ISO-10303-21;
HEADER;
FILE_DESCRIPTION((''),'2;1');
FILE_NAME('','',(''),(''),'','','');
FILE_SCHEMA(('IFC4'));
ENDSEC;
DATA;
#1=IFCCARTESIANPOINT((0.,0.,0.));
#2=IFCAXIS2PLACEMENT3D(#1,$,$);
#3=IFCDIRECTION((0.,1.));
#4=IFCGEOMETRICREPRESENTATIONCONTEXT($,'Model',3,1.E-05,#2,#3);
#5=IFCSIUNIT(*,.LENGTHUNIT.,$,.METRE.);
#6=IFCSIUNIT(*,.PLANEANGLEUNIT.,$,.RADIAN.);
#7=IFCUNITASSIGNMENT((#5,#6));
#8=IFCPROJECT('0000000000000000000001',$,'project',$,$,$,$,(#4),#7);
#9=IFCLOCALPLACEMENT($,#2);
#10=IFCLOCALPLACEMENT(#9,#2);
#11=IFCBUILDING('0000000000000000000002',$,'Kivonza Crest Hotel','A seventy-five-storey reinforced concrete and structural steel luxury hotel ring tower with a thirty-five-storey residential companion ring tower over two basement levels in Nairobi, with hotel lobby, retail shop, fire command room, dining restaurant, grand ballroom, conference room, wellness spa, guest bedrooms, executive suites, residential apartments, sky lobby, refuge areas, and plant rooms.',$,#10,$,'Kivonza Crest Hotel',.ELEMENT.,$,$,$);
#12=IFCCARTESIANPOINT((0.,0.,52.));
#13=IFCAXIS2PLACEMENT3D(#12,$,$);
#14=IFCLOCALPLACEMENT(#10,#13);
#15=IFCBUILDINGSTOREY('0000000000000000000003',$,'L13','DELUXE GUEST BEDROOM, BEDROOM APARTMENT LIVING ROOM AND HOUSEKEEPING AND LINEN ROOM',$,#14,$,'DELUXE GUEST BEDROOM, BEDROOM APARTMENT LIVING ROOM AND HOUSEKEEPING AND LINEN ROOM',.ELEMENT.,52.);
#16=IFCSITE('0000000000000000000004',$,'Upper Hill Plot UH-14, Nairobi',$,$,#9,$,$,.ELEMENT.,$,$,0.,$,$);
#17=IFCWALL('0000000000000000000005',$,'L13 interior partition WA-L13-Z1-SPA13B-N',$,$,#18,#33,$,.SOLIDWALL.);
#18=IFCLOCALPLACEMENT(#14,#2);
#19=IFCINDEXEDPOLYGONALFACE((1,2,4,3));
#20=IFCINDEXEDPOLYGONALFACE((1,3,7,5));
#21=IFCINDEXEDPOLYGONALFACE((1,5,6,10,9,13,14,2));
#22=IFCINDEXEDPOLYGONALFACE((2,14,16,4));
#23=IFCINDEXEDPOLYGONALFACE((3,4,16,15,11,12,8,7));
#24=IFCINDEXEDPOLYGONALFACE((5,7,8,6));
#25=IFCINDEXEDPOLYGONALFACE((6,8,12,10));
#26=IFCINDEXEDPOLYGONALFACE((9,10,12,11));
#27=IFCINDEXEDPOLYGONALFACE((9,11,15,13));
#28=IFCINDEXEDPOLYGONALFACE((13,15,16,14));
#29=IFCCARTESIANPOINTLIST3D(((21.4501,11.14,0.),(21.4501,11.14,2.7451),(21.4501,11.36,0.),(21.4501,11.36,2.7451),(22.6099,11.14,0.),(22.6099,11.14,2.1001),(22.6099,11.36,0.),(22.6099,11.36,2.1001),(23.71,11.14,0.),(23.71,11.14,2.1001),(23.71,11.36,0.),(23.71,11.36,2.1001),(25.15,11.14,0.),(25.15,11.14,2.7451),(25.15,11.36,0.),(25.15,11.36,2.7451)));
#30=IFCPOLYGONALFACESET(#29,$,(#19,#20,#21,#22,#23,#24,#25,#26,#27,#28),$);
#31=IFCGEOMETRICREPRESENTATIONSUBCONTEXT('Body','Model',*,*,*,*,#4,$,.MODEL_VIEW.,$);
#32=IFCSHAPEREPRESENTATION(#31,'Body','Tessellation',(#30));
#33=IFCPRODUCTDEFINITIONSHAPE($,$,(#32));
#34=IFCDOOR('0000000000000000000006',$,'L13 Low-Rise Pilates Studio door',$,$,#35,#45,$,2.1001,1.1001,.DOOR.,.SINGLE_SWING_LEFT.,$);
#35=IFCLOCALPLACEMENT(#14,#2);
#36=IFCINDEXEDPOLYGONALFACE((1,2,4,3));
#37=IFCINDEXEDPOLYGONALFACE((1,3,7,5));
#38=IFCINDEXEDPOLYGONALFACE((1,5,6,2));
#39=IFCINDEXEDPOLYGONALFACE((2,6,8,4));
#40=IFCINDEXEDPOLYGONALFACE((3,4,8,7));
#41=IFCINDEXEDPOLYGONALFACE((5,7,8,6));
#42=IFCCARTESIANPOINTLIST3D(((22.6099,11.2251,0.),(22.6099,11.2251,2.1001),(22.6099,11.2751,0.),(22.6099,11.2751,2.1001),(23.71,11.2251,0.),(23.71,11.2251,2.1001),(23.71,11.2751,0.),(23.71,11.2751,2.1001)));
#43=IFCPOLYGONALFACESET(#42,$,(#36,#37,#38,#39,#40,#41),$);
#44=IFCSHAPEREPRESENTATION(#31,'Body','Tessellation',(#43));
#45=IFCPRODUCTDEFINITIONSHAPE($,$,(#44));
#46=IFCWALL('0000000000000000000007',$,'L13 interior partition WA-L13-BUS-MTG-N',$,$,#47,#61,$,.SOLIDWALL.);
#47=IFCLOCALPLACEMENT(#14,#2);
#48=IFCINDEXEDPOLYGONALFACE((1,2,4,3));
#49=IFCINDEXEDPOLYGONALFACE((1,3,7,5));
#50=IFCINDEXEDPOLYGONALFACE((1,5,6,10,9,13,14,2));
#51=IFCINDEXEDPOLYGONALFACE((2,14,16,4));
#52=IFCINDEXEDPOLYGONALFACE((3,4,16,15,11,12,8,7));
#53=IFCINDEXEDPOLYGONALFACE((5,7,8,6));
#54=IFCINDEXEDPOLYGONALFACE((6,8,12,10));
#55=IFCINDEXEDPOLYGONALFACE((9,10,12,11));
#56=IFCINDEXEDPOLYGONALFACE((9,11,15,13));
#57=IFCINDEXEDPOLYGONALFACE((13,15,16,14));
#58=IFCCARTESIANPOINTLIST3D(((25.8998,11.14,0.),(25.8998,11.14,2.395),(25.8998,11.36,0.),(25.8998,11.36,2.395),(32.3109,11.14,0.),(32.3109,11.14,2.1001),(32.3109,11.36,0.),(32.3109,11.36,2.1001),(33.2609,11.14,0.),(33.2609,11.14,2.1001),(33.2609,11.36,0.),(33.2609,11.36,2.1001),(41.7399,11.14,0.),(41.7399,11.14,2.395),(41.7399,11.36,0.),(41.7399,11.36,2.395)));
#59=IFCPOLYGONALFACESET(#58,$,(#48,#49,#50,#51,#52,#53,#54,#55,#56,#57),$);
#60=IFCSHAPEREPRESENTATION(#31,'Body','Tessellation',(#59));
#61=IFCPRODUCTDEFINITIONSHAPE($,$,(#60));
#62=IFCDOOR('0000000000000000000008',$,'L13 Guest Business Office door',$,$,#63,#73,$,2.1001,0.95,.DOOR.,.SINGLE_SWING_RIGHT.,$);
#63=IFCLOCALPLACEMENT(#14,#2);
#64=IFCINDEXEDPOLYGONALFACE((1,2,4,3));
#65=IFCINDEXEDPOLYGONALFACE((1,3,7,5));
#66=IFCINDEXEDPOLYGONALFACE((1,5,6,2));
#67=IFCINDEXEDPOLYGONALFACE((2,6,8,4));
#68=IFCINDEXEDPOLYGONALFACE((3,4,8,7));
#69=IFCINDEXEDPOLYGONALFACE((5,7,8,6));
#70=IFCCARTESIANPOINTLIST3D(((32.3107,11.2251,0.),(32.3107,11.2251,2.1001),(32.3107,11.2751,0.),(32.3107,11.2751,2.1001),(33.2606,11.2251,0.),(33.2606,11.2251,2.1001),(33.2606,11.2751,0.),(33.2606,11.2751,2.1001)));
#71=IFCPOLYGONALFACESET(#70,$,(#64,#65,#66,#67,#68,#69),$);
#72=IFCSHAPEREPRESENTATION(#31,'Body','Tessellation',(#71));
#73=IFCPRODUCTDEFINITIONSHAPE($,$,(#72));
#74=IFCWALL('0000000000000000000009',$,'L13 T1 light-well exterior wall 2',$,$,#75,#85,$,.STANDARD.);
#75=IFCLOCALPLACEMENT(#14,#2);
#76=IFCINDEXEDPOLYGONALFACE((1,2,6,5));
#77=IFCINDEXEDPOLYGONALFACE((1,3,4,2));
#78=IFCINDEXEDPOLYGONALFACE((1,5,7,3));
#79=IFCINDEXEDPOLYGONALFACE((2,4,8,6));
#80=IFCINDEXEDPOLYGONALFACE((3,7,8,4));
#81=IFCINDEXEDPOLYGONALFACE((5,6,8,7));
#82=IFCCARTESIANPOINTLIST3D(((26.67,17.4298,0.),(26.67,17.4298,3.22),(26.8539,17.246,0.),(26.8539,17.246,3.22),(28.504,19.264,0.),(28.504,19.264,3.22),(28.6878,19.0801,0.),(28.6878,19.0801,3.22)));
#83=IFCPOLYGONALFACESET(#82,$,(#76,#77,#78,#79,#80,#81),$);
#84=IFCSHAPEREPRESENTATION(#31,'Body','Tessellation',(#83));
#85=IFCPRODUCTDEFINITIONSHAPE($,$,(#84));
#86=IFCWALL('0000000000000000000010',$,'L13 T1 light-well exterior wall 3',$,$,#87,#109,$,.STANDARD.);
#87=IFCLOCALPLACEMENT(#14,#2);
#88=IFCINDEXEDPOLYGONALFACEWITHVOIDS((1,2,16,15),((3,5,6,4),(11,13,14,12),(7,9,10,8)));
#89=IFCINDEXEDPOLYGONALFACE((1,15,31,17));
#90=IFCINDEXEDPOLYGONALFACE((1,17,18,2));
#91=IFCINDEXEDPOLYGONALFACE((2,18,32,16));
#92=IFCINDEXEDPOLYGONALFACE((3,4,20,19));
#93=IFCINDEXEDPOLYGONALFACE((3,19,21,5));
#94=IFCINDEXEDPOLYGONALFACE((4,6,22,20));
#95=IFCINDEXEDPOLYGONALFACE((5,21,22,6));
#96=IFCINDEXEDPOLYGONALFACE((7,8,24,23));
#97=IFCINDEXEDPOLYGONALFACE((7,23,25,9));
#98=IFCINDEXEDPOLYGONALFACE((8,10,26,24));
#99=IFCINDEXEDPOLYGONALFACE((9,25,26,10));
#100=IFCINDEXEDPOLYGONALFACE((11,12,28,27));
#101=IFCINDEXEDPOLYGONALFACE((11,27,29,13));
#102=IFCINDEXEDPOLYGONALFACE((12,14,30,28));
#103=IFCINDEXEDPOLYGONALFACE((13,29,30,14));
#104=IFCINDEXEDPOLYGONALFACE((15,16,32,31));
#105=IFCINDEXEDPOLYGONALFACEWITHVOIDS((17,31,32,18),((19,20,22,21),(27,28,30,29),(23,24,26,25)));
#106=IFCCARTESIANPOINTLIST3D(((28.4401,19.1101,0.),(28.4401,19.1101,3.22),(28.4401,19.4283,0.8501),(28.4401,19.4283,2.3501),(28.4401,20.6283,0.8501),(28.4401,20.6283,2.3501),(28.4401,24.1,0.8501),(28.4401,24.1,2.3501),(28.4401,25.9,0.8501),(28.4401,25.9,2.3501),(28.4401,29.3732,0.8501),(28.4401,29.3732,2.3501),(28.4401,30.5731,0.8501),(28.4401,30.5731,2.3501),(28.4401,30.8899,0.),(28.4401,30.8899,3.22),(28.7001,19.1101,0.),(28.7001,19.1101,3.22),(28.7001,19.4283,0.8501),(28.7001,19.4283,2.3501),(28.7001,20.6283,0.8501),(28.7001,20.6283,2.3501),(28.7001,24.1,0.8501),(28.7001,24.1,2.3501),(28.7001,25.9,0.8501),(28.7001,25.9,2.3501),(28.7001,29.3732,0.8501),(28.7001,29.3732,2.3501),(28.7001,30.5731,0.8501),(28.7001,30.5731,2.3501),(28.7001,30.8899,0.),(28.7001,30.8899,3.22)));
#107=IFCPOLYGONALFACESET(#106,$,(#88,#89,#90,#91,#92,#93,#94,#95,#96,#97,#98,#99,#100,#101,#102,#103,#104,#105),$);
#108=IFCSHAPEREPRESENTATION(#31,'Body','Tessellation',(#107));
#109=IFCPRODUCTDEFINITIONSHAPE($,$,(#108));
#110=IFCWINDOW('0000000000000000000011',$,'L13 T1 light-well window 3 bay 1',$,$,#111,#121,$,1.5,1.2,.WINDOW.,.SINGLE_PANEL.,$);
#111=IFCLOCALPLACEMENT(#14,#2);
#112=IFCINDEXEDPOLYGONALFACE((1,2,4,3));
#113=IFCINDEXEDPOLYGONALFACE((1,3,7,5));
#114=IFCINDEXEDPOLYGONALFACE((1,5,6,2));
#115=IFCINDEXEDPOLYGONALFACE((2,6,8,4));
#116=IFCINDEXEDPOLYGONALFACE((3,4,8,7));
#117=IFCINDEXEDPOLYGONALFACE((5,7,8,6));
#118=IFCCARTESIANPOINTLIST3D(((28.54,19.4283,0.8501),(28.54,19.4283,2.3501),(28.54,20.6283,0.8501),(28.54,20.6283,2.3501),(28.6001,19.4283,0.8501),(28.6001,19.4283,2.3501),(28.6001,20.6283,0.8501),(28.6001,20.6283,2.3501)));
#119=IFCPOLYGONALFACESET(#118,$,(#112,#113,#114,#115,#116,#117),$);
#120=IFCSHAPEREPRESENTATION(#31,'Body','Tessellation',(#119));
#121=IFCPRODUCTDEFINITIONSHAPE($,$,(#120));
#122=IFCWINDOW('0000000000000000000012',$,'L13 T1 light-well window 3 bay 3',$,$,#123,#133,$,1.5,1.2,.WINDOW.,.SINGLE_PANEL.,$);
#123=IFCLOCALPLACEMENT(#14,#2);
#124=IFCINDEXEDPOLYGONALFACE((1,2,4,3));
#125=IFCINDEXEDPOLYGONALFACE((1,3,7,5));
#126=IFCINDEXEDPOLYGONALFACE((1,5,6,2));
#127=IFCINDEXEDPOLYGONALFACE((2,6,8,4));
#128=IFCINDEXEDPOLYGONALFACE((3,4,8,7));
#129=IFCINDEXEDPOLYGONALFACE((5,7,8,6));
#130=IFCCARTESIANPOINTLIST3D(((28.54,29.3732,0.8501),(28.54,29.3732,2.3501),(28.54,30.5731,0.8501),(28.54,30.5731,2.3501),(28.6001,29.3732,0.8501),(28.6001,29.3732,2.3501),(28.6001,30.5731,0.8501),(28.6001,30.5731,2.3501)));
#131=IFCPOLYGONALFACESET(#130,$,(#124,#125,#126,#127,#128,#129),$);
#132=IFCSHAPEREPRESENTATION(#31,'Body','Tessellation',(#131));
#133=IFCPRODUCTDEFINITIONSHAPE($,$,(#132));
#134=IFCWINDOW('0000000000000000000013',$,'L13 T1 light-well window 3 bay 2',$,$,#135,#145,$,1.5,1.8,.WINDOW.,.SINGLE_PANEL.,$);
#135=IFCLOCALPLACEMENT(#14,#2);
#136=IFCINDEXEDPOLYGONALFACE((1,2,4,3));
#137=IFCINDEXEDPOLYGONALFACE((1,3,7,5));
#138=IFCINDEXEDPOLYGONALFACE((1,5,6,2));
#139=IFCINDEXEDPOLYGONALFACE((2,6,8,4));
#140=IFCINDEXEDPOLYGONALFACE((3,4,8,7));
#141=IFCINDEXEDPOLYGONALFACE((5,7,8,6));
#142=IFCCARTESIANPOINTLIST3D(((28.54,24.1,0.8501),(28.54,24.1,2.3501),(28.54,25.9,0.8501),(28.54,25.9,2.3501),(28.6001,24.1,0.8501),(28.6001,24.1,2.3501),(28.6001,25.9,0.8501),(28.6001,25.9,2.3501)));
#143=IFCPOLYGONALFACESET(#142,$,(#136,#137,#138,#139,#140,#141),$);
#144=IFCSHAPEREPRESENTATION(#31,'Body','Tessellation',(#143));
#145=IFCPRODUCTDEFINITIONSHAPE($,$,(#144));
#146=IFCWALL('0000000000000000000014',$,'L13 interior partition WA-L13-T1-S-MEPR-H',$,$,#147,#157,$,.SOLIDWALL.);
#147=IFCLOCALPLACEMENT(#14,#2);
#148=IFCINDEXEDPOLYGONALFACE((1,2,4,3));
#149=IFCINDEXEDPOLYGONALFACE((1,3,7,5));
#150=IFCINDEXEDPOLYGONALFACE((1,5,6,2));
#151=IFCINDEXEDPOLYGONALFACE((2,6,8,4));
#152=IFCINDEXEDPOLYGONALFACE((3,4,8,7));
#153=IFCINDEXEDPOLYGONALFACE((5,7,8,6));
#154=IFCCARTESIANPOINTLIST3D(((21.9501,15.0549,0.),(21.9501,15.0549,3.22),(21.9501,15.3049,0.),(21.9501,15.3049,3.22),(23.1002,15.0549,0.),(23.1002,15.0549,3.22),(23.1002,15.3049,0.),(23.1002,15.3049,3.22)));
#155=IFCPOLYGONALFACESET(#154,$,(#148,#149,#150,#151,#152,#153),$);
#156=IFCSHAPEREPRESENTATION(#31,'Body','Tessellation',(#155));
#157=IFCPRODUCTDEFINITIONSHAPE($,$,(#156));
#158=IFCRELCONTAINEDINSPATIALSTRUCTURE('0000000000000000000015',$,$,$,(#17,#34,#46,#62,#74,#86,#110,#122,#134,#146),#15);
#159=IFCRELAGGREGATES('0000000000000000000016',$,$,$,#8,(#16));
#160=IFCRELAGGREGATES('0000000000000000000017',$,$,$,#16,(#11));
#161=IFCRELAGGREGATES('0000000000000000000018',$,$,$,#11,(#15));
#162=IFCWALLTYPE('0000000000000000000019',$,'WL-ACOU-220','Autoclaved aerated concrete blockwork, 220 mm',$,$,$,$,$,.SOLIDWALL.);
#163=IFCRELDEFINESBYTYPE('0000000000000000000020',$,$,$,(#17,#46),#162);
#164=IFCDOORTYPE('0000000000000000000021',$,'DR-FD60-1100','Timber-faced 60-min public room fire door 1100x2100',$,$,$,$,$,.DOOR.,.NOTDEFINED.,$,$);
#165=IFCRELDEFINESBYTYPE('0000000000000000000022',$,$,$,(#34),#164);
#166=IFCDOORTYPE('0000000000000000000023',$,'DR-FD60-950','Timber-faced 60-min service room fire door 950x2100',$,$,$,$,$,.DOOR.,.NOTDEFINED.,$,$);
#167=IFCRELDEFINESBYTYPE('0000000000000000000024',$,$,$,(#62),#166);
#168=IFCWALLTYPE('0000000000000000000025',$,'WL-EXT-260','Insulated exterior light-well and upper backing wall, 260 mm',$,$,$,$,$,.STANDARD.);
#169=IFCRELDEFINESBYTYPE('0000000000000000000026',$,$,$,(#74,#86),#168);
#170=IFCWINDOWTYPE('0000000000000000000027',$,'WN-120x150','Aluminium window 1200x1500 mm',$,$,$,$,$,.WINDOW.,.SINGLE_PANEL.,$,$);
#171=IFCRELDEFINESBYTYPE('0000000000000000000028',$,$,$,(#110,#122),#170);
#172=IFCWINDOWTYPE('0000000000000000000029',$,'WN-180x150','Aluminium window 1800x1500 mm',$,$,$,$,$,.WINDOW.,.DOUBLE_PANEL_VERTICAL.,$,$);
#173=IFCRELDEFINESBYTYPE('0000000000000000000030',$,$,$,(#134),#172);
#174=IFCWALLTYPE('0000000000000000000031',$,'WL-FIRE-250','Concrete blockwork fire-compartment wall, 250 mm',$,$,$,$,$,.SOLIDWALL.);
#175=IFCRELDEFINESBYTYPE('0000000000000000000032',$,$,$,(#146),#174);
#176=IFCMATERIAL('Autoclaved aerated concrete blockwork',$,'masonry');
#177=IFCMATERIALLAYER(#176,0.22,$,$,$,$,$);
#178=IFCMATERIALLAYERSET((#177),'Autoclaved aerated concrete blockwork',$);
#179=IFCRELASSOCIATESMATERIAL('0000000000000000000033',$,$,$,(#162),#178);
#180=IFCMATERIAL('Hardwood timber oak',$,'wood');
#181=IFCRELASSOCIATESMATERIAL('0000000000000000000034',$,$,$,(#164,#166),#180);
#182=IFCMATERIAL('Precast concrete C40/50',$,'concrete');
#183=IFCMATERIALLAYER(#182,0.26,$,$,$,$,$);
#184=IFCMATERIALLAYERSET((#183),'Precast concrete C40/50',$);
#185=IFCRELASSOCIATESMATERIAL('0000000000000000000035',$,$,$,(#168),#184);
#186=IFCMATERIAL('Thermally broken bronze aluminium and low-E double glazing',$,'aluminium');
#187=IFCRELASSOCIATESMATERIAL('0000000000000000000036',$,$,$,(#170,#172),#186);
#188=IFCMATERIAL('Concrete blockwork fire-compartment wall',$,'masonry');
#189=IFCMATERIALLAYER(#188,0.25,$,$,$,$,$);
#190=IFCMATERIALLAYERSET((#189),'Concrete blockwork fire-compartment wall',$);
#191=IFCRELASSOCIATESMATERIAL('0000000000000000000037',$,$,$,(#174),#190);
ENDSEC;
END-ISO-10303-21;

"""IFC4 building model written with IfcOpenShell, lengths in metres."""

from ifc_helpers import new_model, si_unit, direction, frame, frame_2d, origin, place, context, subcontext, project, spatial, rectangle, extrude, material, layer, layer_set, type_object, element, fill, save


model = new_model("IFC4")

# Units and contexts
model_context = context("Model", 3, precision=1e-05, world=origin(), true_north=direction((0.0, 1.0)))
body_context = subcontext(model_context, "Body", "Model", "MODEL_VIEW")
ifc_project = project(units=[si_unit("LENGTHUNIT", "METRE"), si_unit("PLANEANGLEUNIT", "RADIAN")], contexts=[model_context])

# Site, building, storey
site_placement = place(None, origin())
site = spatial("IfcSite", under=ifc_project, at=site_placement, Name="Upper Hill Plot UH-14, Nairobi", CompositionType="ELEMENT", RefElevation=0.0)
building_placement = place(site_placement, origin())
building = spatial("IfcBuilding", under=site, at=building_placement, Name="Kivonza Crest Hotel", Description="A seventy-five-storey reinforced concrete and structural steel luxury hotel ring tower with a thirty-five-storey residential companion ring tower over two basement levels in Nairobi, with hotel lobby, retail shop, fire command room, dining restaurant, grand ballroom, conference room, wellness spa, guest bedrooms, executive suites, residential apartments, sky lobby, refuge areas, and plant rooms.", LongName="Kivonza Crest Hotel", CompositionType="ELEMENT")
storey_placement = place(building_placement, frame((0.0, 0.0, 52.0)))
storey = spatial("IfcBuildingStorey", under=building, at=storey_placement, Name="L13", Description="DELUXE GUEST BEDROOM, BEDROOM APARTMENT LIVING ROOM AND HOUSEKEEPING AND LINEN ROOM", LongName="DELUXE GUEST BEDROOM, BEDROOM APARTMENT LIVING ROOM AND HOUSEKEEPING AND LINEN ROOM", CompositionType="ELEMENT", Elevation=52.0)

# Walls, openings, doors
ifc_material_1 = material(Name="Autoclaved aerated concrete blockwork", Category="masonry")
ifc_layer_1 = layer(ifc_material_1, 0.22)
ifc_layer_set_1 = layer_set([ifc_layer_1], Name="Autoclaved aerated concrete blockwork")
wall_type_1 = type_object("IfcWallType", Name="WL-ACOU-220", Description="Autoclaved aerated concrete blockwork, 220 mm", PredefinedType="SOLIDWALL", material=ifc_layer_set_1)
wall_1_placement = place(storey_placement, frame((21.45, 11.25, 0.0), z_axis=(0.0, 0.0, 1.0), x_axis=(1.0, 0.0, 0.0)))
wall_1 = element("IfcWall", 1, at=wall_1_placement, inside=storey, type_object=wall_type_1, Name="L13 interior partition WA-L13-Z1-SPA13B-N", PredefinedType="SOLIDWALL", context=body_context, shape_type="SweptSolid", body=[
    extrude(rectangle(XDim=3.7, YDim=0.22, at=frame_2d((1.8501, 0.0))), origin(), (0.0, 0.0, 1.0), 2.7451),
])
opening_1_placement = place(wall_1_placement, frame((1.1599, 0.0, 0.0)))
opening_1 = element("IfcOpeningElement", 2, at=opening_1_placement, cuts=wall_1, PredefinedType="OPENING", context=body_context, shape_type="SweptSolid", body=[
    extrude(rectangle(XDim=1.1001, YDim=2.1001, at=frame_2d((0.55, 1.05))), frame((0.0, 0.1201, 0.0), z_axis=(0.0, -1.0, 0.0), x_axis=(1.0, 0.0, 0.0)), (0.0, 0.0, 1.0), 0.24),
])
ifc_material_2 = material(Name="Hardwood timber oak", Category="wood")
door_type_1 = type_object("IfcDoorType", Name="DR-FD60-1100", Description="Timber-faced 60-min public room fire door 1100x2100", OperationType="NOTDEFINED", PredefinedType="DOOR", material=ifc_material_2)
door_1_placement = place(opening_1_placement, frame((1.1001, 0.0, 0.0), z_axis=(0.0, 0.0, 1.0), x_axis=(-1.0, 0.0, 0.0)))
door_1 = element("IfcDoor", 3, at=door_1_placement, inside=storey, type_object=door_type_1, Name="L13 Low-Rise Pilates Studio door", OperationType="SINGLE_SWING_LEFT", OverallHeight=2.1001, OverallWidth=1.1001, PredefinedType="DOOR", context=body_context, shape_type="SweptSolid", body=[
    extrude(rectangle(XDim=1.1001, YDim=2.1001, at=frame_2d((0.55, 1.05))), frame((0.0, 0.0249, 0.0), z_axis=(0.0, -1.0, 0.0), x_axis=(1.0, 0.0, 0.0)), (0.0, 0.0, 1.0), 0.05),
])
fill(opening_1, door_1)
wall_2_placement = place(storey_placement, frame((25.8999, 11.25, 0.0), z_axis=(0.0, 0.0, 1.0), x_axis=(1.0, 0.0, 0.0)))
wall_2 = element("IfcWall", 4, at=wall_2_placement, inside=storey, type_object=wall_type_1, Name="L13 interior partition WA-L13-BUS-MTG-N", PredefinedType="SOLIDWALL", context=body_context, shape_type="SweptSolid", body=[
    extrude(rectangle(XDim=15.8401, YDim=0.22, at=frame_2d((7.9199, 0.0))), origin(), (0.0, 0.0, 1.0), 2.395),
])
opening_2_placement = place(wall_2_placement, frame((6.4109, 0.0, 0.0)))
opening_2 = element("IfcOpeningElement", 5, at=opening_2_placement, cuts=wall_2, PredefinedType="OPENING", context=body_context, shape_type="SweptSolid", body=[
    extrude(rectangle(XDim=0.95, YDim=2.1001, at=frame_2d((0.4751, 1.05))), frame((0.0, 0.1201, 0.0), z_axis=(0.0, -1.0, 0.0), x_axis=(1.0, 0.0, 0.0)), (0.0, 0.0, 1.0), 0.24),
])
door_type_2 = type_object("IfcDoorType", Name="DR-FD60-950", Description="Timber-faced 60-min service room fire door 950x2100", OperationType="NOTDEFINED", PredefinedType="DOOR", material=ifc_material_2)
door_2_placement = place(opening_2_placement, frame((0.95, 0.0, 0.0), z_axis=(0.0, 0.0, 1.0), x_axis=(-1.0, 0.0, 0.0)))
door_2 = element("IfcDoor", 6, at=door_2_placement, inside=storey, type_object=door_type_2, Name="L13 Guest Business Office door", OperationType="SINGLE_SWING_RIGHT", OverallHeight=2.1001, OverallWidth=0.95, PredefinedType="DOOR", context=body_context, shape_type="SweptSolid", body=[
    extrude(rectangle(XDim=0.95, YDim=2.1001, at=frame_2d((0.4751, 1.05))), frame((0.0, 0.0249, 0.0), z_axis=(0.0, -1.0, 0.0), x_axis=(1.0, 0.0, 0.0)), (0.0, 0.0, 1.0), 0.05),
])
fill(opening_2, door_2)

# Wall
ifc_material_3 = material(Name="Precast concrete C40/50", Category="concrete")
ifc_layer_2 = layer(ifc_material_3, 0.26)
ifc_layer_set_2 = layer_set([ifc_layer_2], Name="Precast concrete C40/50")
wall_type_2 = type_object("IfcWallType", Name="WL-EXT-260", Description="Insulated exterior light-well and upper backing wall, 260 mm", PredefinedType="STANDARD", material=ifc_layer_set_2)
wall_3_placement = place(storey_placement, frame((26.762, 17.3379, 0.0), z_axis=(0.0, 0.0, 1.0), x_axis=(0.70706, 0.707154, 0.0)))
element("IfcWall", 7, at=wall_3_placement, inside=storey, type_object=wall_type_2, Name="L13 T1 light-well exterior wall 2", PredefinedType="STANDARD", context=body_context, shape_type="SweptSolid", body=[
    extrude(rectangle(XDim=2.5938, YDim=0.26, at=frame_2d((1.2969, 0.0))), origin(), (0.0, 0.0, 1.0), 3.22),
])

# Wall, openings, windows
wall_4_placement = place(storey_placement, frame((28.5701, 19.1101, 0.0), z_axis=(0.0, 0.0, 1.0), x_axis=(0.0, 1.0, 0.0)))
wall_4 = element("IfcWall", 8, at=wall_4_placement, inside=storey, type_object=wall_type_2, Name="L13 T1 light-well exterior wall 3", PredefinedType="STANDARD", context=body_context, shape_type="SweptSolid", body=[
    extrude(rectangle(XDim=11.7798, YDim=0.26, at=frame_2d((5.8899, 0.0))), origin(), (0.0, 0.0, 1.0), 3.22),
])
opening_3_placement = place(wall_4_placement, frame((0.3181, 0.0, 0.8501)))
opening_3 = element("IfcOpeningElement", 9, at=opening_3_placement, cuts=wall_4, PredefinedType="OPENING", context=body_context, shape_type="SweptSolid", body=[
    extrude(rectangle(XDim=1.2, YDim=1.5, at=frame_2d((0.6001, 0.75))), frame((0.0, 0.1401, 0.0), z_axis=(0.0, -1.0, 0.0), x_axis=(1.0, 0.0, 0.0)), (0.0, 0.0, 1.0), 0.28),
])
opening_4_placement = place(wall_4_placement, frame((4.99, 0.0, 0.8501)))
opening_4 = element("IfcOpeningElement", 10, at=opening_4_placement, cuts=wall_4, PredefinedType="OPENING", context=body_context, shape_type="SweptSolid", body=[
    extrude(rectangle(XDim=1.8, YDim=1.5, at=frame_2d((0.8999, 0.75))), frame((0.0, 0.1401, 0.0), z_axis=(0.0, -1.0, 0.0), x_axis=(1.0, 0.0, 0.0)), (0.0, 0.0, 1.0), 0.28),
])
opening_5_placement = place(wall_4_placement, frame((10.2629, 0.0, 0.8501)))
opening_5 = element("IfcOpeningElement", 11, at=opening_5_placement, cuts=wall_4, PredefinedType="OPENING", context=body_context, shape_type="SweptSolid", body=[
    extrude(rectangle(XDim=1.2, YDim=1.5, at=frame_2d((0.6001, 0.75))), frame((0.0, 0.1401, 0.0), z_axis=(0.0, -1.0, 0.0), x_axis=(1.0, 0.0, 0.0)), (0.0, 0.0, 1.0), 0.28),
])
ifc_material_4 = material(Name="Thermally broken bronze aluminium and low-E double glazing", Category="aluminium")
window_type_1 = type_object("IfcWindowType", Name="WN-120x150", Description="Aluminium window 1200x1500 mm", PartitioningType="SINGLE_PANEL", PredefinedType="WINDOW", material=ifc_material_4)
window_1_placement = place(opening_3_placement, origin())
window_1 = element("IfcWindow", 12, at=window_1_placement, inside=storey, type_object=window_type_1, Name="L13 T1 light-well window 3 bay 1", OverallHeight=1.5, OverallWidth=1.2, PartitioningType="SINGLE_PANEL", PredefinedType="WINDOW", context=body_context, shape_type="SweptSolid", body=[
    extrude(rectangle(XDim=1.2, YDim=1.5, at=frame_2d((0.6001, 0.75))), frame((0.0, 0.03, 0.0), z_axis=(0.0, -1.0, 0.0), x_axis=(1.0, 0.0, 0.0)), (0.0, 0.0, 1.0), 0.0601),
])
fill(opening_3, window_1)
window_2_placement = place(opening_5_placement, origin())
window_2 = element("IfcWindow", 13, at=window_2_placement, inside=storey, type_object=window_type_1, Name="L13 T1 light-well window 3 bay 3", OverallHeight=1.5, OverallWidth=1.2, PartitioningType="SINGLE_PANEL", PredefinedType="WINDOW", context=body_context, shape_type="SweptSolid", body=[
    extrude(rectangle(XDim=1.2, YDim=1.5, at=frame_2d((0.6001, 0.75))), frame((0.0, 0.03, 0.0), z_axis=(0.0, -1.0, 0.0), x_axis=(1.0, 0.0, 0.0)), (0.0, 0.0, 1.0), 0.0601),
])
fill(opening_5, window_2)
window_type_2 = type_object("IfcWindowType", Name="WN-180x150", Description="Aluminium window 1800x1500 mm", PartitioningType="DOUBLE_PANEL_VERTICAL", PredefinedType="WINDOW", material=ifc_material_4)
window_3_placement = place(opening_4_placement, origin())
window_3 = element("IfcWindow", 14, at=window_3_placement, inside=storey, type_object=window_type_2, Name="L13 T1 light-well window 3 bay 2", OverallHeight=1.5, OverallWidth=1.8, PartitioningType="SINGLE_PANEL", PredefinedType="WINDOW", context=body_context, shape_type="SweptSolid", body=[
    extrude(rectangle(XDim=1.8, YDim=1.5, at=frame_2d((0.8999, 0.75))), frame((0.0, 0.03, 0.0), z_axis=(0.0, -1.0, 0.0), x_axis=(1.0, 0.0, 0.0)), (0.0, 0.0, 1.0), 0.0601),
])
fill(opening_4, window_3)

# Wall
ifc_material_5 = material(Name="Concrete blockwork fire-compartment wall", Category="masonry")
ifc_layer_3 = layer(ifc_material_5, 0.25)
ifc_layer_set_3 = layer_set([ifc_layer_3], Name="Concrete blockwork fire-compartment wall")
wall_type_3 = type_object("IfcWallType", Name="WL-FIRE-250", Description="Concrete blockwork fire-compartment wall, 250 mm", PredefinedType="SOLIDWALL", material=ifc_layer_set_3)
wall_5_placement = place(storey_placement, frame((21.95, 15.1799, 0.0), z_axis=(0.0, 0.0, 1.0), x_axis=(1.0, 0.0, 0.0)))
element("IfcWall", 15, at=wall_5_placement, inside=storey, type_object=wall_type_3, Name="L13 interior partition WA-L13-T1-S-MEPR-H", PredefinedType="SOLIDWALL", context=body_context, shape_type="SweptSolid", body=[
    extrude(rectangle(XDim=1.1501, YDim=0.25, at=frame_2d((0.5752, 0.0))), origin(), (0.0, 0.0, 1.0), 3.22),
])

save(model, "model.ifc")
